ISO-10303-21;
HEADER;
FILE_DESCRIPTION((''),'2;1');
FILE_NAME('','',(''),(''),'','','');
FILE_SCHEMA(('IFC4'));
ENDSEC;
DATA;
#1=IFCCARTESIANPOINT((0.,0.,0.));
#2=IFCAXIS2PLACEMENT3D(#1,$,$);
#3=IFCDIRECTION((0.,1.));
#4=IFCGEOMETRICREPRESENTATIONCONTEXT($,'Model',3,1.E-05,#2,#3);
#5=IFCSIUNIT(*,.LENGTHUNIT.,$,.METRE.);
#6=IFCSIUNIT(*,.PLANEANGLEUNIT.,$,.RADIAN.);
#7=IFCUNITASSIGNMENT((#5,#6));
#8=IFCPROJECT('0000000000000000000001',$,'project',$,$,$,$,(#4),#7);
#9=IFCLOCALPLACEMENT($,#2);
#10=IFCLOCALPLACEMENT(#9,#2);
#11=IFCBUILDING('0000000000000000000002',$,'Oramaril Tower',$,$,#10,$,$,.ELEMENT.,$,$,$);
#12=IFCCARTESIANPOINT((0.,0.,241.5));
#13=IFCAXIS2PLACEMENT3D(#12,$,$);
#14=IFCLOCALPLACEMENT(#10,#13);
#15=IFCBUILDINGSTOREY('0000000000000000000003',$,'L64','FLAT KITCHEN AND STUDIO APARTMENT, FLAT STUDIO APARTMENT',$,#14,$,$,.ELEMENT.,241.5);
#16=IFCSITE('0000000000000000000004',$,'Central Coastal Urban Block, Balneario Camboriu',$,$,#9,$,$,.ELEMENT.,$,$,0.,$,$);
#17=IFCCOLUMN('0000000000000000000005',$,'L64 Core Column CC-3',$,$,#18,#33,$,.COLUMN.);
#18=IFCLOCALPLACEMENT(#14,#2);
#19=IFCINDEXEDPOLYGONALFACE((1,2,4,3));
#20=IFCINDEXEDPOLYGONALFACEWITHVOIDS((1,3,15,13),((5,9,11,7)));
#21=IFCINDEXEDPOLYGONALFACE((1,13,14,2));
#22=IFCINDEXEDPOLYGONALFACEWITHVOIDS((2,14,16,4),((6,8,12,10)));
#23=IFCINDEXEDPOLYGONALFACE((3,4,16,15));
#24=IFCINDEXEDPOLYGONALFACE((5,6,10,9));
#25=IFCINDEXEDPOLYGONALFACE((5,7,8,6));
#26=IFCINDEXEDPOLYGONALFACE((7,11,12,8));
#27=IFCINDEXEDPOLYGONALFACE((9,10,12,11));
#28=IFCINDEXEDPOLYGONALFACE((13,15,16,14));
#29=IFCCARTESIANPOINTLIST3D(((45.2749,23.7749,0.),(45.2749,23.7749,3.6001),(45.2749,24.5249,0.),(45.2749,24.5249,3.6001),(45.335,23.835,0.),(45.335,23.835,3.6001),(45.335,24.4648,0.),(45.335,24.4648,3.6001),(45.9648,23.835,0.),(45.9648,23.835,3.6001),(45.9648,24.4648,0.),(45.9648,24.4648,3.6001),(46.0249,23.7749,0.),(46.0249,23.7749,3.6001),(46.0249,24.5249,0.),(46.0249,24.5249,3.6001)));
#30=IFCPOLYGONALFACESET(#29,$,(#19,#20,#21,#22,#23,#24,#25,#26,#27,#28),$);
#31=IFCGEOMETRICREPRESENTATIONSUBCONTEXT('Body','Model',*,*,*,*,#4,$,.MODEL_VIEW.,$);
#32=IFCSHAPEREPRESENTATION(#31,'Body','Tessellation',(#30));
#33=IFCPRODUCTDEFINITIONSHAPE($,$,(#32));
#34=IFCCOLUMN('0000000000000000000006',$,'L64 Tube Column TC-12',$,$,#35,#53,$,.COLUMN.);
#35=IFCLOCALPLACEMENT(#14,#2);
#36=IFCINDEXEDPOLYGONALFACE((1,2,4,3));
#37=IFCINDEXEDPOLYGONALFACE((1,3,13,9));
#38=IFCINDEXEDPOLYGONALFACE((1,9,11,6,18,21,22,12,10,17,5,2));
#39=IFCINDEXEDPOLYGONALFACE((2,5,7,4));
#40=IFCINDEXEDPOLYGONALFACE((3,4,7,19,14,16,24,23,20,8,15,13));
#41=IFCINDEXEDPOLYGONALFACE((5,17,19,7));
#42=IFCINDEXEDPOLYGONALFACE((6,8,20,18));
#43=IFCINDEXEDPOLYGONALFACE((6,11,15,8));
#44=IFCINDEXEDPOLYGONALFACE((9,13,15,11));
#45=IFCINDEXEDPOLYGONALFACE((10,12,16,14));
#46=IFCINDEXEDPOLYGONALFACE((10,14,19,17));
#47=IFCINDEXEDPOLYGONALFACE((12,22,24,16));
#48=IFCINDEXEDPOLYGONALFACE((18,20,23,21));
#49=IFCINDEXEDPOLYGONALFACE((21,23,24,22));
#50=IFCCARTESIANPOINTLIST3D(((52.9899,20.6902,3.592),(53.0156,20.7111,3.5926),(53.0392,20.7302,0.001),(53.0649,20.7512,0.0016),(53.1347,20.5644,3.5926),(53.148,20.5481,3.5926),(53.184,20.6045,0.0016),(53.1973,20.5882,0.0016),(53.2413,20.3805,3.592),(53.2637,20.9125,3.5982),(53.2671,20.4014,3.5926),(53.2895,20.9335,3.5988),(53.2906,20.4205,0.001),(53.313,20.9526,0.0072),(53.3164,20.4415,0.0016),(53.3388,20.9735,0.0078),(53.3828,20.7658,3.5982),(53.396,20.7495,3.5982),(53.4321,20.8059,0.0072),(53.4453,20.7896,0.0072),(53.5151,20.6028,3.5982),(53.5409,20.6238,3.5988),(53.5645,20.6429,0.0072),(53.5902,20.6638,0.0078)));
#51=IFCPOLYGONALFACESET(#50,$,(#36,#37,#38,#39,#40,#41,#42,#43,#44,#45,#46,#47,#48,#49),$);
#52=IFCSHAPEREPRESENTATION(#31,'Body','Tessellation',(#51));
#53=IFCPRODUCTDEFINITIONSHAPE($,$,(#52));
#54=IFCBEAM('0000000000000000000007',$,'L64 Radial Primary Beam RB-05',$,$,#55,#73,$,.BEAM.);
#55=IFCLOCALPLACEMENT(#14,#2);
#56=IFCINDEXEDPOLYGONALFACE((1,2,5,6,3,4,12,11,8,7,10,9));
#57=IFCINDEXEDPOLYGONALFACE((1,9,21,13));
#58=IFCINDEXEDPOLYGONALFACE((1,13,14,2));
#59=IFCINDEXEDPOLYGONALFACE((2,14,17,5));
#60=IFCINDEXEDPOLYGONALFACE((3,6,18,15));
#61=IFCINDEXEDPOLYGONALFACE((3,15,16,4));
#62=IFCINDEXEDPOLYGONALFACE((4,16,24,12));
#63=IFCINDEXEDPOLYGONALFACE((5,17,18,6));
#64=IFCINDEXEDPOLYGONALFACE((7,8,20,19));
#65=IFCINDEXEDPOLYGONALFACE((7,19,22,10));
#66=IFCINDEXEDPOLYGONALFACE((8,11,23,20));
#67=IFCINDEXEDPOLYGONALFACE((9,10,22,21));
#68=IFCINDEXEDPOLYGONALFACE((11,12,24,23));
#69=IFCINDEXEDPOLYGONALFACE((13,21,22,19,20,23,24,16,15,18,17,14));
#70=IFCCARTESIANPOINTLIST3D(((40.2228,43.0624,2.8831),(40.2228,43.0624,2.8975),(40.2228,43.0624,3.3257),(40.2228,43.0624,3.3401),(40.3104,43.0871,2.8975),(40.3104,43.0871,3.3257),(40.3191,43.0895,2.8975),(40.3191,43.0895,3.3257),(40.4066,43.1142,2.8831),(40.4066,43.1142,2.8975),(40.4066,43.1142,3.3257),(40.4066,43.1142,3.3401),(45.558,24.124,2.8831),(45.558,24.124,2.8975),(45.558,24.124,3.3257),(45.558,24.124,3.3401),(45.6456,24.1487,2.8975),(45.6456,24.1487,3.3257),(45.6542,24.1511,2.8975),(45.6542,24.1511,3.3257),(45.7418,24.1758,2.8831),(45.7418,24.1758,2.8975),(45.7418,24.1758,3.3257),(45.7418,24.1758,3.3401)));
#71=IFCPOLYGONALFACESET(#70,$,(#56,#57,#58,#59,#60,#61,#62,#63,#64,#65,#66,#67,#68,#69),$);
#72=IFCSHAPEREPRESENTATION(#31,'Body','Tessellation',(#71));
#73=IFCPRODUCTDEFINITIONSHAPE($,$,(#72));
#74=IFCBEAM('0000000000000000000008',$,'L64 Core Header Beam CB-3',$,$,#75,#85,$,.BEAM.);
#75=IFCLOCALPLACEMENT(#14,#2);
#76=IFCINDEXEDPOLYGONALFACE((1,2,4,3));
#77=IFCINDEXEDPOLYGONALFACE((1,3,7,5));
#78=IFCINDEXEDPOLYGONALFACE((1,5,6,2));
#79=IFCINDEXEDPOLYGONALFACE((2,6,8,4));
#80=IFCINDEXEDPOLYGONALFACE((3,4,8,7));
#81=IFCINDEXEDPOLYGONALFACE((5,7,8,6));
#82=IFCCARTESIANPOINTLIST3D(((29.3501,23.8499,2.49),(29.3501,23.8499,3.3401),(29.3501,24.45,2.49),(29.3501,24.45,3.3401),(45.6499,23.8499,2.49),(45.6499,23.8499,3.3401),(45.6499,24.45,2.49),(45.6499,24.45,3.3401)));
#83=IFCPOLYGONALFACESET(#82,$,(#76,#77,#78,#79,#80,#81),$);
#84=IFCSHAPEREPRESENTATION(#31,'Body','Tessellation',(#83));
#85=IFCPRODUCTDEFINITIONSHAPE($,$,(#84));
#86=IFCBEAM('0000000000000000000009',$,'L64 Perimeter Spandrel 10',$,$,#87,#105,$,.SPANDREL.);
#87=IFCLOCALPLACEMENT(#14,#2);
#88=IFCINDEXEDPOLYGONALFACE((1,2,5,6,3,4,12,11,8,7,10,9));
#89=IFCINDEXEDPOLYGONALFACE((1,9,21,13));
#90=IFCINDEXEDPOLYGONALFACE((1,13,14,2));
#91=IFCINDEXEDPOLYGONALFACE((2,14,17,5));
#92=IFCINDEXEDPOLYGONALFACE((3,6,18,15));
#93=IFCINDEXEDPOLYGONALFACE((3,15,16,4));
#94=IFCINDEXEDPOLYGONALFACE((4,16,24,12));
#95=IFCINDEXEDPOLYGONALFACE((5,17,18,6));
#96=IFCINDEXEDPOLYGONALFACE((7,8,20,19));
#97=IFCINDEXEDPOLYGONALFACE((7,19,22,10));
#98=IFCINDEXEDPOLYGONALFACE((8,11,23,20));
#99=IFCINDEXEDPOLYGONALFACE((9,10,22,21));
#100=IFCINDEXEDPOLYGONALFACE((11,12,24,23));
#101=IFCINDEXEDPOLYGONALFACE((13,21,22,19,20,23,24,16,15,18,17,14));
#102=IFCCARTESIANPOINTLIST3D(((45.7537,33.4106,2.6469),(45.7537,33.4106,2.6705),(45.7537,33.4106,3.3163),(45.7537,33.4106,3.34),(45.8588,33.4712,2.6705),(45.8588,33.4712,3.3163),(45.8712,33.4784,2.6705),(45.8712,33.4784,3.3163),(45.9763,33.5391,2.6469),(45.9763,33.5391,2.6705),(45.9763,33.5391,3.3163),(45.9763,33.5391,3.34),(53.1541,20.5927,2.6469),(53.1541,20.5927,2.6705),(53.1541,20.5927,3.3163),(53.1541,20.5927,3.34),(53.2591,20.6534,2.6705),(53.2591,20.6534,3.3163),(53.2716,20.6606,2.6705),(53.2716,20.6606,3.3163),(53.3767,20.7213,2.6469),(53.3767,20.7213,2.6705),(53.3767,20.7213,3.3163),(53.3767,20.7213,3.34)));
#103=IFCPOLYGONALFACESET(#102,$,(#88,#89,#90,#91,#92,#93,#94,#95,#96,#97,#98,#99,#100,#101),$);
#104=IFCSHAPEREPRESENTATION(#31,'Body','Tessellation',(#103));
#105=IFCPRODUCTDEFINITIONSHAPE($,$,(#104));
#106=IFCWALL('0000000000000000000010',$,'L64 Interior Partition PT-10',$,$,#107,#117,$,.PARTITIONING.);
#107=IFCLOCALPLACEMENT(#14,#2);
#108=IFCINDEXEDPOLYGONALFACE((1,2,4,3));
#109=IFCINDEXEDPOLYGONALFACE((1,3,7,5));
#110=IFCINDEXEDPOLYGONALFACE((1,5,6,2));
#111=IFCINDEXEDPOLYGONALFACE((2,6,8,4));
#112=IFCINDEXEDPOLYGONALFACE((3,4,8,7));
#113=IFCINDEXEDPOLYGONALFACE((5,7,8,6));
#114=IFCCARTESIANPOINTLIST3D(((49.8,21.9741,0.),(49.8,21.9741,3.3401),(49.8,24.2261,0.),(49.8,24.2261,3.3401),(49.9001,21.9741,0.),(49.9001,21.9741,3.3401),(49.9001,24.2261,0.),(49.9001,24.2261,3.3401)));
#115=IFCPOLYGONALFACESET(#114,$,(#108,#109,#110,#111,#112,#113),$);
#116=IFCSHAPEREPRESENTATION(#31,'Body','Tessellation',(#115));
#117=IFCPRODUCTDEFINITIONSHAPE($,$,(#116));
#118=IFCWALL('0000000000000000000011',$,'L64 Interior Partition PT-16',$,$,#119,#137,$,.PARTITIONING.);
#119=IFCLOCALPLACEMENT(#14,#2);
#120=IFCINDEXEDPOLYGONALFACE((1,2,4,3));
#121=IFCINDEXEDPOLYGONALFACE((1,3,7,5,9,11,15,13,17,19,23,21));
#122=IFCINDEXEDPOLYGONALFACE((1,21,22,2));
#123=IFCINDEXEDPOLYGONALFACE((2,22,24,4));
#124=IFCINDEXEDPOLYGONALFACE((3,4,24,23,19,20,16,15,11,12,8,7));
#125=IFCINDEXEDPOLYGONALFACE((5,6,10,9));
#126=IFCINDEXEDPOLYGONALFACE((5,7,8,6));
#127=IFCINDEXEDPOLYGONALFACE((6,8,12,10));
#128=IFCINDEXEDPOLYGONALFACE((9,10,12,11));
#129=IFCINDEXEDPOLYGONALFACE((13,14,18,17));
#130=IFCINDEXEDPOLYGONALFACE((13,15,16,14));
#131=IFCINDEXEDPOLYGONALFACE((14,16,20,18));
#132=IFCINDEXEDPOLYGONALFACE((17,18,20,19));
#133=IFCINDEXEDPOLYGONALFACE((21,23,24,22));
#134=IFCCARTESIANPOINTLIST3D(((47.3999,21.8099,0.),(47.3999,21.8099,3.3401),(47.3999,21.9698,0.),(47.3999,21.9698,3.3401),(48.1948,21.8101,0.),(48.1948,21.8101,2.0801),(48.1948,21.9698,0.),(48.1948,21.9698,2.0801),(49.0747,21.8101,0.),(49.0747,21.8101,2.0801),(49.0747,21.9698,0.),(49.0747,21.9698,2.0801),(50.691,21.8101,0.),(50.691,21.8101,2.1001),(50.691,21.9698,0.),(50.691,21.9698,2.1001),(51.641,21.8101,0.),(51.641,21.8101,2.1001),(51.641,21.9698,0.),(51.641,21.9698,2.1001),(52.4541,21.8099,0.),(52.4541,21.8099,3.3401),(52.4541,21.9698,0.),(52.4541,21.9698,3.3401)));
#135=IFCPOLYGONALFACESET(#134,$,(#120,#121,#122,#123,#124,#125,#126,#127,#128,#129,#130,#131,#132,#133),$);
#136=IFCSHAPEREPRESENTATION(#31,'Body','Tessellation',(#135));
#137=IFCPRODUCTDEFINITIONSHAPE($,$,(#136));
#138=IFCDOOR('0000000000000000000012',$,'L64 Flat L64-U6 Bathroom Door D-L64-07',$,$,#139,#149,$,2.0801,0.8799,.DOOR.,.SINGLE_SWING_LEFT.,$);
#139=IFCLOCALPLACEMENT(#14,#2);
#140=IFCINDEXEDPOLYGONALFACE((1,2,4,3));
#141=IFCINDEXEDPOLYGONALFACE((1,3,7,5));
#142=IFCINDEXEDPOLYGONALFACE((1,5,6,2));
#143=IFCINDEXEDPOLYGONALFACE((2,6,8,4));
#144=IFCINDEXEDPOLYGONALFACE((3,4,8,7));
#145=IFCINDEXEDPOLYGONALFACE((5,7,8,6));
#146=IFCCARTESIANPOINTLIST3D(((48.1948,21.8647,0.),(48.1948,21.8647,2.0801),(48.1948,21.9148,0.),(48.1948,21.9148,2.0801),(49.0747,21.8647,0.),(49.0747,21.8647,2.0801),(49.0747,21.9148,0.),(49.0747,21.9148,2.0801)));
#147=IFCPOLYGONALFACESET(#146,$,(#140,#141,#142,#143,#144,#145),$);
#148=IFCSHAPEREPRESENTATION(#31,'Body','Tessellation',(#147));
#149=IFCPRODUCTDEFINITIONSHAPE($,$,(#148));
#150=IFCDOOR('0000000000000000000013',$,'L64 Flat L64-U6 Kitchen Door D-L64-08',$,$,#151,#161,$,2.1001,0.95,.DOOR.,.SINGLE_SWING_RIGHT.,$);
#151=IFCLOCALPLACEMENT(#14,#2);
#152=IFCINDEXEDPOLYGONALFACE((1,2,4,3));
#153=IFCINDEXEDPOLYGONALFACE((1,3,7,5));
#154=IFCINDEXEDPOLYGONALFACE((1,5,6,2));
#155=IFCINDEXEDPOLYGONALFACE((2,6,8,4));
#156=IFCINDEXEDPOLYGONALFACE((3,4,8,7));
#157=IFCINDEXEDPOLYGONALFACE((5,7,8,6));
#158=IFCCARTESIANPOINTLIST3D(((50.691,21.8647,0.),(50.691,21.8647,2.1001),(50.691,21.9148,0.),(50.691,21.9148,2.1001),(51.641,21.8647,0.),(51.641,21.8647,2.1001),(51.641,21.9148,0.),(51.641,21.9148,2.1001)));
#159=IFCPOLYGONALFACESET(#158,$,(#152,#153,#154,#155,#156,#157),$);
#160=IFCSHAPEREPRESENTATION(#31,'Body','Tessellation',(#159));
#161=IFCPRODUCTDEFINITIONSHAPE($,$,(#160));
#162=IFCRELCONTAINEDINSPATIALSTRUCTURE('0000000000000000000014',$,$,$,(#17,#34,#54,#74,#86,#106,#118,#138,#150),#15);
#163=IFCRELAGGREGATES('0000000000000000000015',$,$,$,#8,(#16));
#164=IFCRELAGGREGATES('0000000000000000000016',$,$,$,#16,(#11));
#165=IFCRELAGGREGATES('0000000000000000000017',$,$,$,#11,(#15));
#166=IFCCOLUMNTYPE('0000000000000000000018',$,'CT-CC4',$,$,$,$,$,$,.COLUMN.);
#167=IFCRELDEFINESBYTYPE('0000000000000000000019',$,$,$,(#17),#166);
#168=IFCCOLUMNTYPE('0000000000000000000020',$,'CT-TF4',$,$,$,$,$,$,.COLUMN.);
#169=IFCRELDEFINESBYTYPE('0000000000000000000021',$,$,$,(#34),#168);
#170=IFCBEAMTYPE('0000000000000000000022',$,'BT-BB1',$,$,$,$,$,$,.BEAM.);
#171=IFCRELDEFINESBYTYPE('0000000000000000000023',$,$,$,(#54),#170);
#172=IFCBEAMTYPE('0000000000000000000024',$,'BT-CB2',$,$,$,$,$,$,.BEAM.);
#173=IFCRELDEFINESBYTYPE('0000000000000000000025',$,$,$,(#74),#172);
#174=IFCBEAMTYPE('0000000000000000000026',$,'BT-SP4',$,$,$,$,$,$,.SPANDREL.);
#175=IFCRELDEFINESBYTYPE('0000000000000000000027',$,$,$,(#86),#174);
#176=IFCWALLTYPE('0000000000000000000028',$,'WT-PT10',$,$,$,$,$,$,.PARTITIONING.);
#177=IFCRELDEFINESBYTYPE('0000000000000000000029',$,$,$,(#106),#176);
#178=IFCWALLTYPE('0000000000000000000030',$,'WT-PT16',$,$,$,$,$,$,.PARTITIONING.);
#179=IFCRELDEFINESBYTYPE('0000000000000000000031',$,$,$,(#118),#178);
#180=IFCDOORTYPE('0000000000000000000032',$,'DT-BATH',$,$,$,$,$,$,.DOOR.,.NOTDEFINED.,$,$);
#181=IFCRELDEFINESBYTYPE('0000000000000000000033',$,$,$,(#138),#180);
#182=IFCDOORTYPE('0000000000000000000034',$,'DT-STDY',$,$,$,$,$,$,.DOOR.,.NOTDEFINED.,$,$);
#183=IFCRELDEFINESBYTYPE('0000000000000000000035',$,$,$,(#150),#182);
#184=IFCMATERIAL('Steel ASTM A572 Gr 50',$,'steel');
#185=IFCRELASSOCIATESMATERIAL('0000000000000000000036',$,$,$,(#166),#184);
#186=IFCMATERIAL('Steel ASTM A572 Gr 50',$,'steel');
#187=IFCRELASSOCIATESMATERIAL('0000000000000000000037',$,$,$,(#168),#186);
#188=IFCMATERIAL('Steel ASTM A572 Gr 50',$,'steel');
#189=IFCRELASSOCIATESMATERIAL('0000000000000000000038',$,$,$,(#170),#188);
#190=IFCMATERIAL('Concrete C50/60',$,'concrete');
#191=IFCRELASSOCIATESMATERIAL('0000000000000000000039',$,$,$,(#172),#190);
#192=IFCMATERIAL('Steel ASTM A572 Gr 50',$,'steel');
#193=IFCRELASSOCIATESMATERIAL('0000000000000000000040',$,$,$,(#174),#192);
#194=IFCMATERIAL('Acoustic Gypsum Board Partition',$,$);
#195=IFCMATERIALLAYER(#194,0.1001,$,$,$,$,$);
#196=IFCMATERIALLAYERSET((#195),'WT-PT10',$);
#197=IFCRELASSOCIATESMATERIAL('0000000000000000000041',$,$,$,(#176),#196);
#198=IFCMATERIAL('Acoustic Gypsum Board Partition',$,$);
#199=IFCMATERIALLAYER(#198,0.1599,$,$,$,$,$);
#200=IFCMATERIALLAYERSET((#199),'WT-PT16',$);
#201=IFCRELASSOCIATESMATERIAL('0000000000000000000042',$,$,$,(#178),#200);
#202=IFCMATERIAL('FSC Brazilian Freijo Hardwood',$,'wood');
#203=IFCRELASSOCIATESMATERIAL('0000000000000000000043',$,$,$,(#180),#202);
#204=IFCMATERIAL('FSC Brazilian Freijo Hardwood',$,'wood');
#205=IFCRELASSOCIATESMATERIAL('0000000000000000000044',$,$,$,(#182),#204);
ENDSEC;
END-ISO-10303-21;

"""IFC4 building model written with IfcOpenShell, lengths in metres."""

from ifc_helpers import new_model, si_unit, direction, frame, frame_2d, origin, origin_2d, place, context, subcontext, project, spatial, rectangle, hollow_rectangle, i_section, extrude, material, layer, layer_set, material_profile, profile_set, type_object, element, fill, save


model = new_model("IFC4")

# Units and contexts
model_context = context("Model", 3, precision=1e-05, world=origin(), true_north=direction((0.0, 1.0)))
body_context = subcontext(model_context, "Body", "Model", "MODEL_VIEW")
ifc_project = project(units=[si_unit("LENGTHUNIT", "METRE"), si_unit("PLANEANGLEUNIT", "RADIAN")], contexts=[model_context])

# Site, building, storey
site_placement = place(None, origin())
site = spatial("IfcSite", under=ifc_project, at=site_placement, Name="Central Coastal Urban Block, Balneario Camboriu", CompositionType="ELEMENT", RefElevation=0.0)
building_placement = place(site_placement, origin())
building = spatial("IfcBuilding", under=site, at=building_placement, Name="Oramaril Tower", CompositionType="ELEMENT")
storey_placement = place(building_placement, frame((0.0, 0.0, 241.5)))
storey = spatial("IfcBuildingStorey", under=building, at=storey_placement, Name="L64", Description="FLAT KITCHEN AND STUDIO APARTMENT, FLAT STUDIO APARTMENT", CompositionType="ELEMENT", Elevation=241.5)

# Columns
ifc_material_1 = material(Name="Steel ASTM A572 Gr 50", Category="steel")
ifc_material_profile_1 = material_profile(ifc_material_1, hollow_rectangle(XDim=0.75, YDim=0.75, WallThickness=0.0601, at=origin_2d()), Name="BOX750X750X60")
ifc_profile_set_1 = profile_set([ifc_material_profile_1], Name="Steel ASTM A572 Gr 50")
column_type_1 = type_object("IfcColumnType", Name="CT-CC4", PredefinedType="COLUMN", material=ifc_profile_set_1)
column_1_placement = place(storey_placement, frame((45.6499, 24.1499, 0.0), z_axis=(0.0, 0.0, 1.0), x_axis=(1.0, 0.0, 0.0)))
element("IfcColumn", 1, at=column_1_placement, inside=storey, type_object=column_type_1, Name="L64 Core Column CC-3", PredefinedType="COLUMN", context=body_context, shape_type="SweptSolid", body=[
    extrude(hollow_rectangle(XDim=0.75, YDim=0.75, WallThickness=0.0601, at=origin_2d()), origin(), (0.0, 0.0, 1.0), 3.6001),
])
ifc_material_2 = material(Name="Steel ASTM A572 Gr 50", Category="steel")
ifc_material_profile_2 = material_profile(ifc_material_2, i_section(OverallWidth=0.3989, OverallDepth=0.386, WebThickness=0.021, FlangeThickness=0.0332, at=origin_2d()), Name="W14X176")
ifc_profile_set_2 = profile_set([ifc_material_profile_2], Name="Steel ASTM A572 Gr 50")
column_type_2 = type_object("IfcColumnType", Name="CT-TF4", PredefinedType="COLUMN", material=ifc_profile_set_2)
column_2_placement = place(storey_placement, frame((53.3147, 20.697, 0.0044), z_axis=(-0.013731, -0.011148, 0.999844), x_axis=(0.630303, -0.776349, 0.0)))
element("IfcColumn", 2, at=column_2_placement, inside=storey, type_object=column_type_2, Name="L64 Tube Column TC-12", PredefinedType="COLUMN", context=body_context, shape_type="SweptSolid", body=[
    extrude(i_section(OverallWidth=0.3989, OverallDepth=0.386, WebThickness=0.021, FlangeThickness=0.0332, at=origin_2d()), origin(), (0.0, 0.0, 1.0), 3.5916),
])

# Beams
ifc_material_3 = material(Name="Steel ASTM A572 Gr 50", Category="steel")
ifc_material_profile_3 = material_profile(ifc_material_3, i_section(OverallWidth=0.1909, OverallDepth=0.457, WebThickness=0.009, FlangeThickness=0.0144, at=origin_2d()), Name="W18X50")
ifc_profile_set_3 = profile_set([ifc_material_profile_3], Name="Steel ASTM A572 Gr 50")
beam_type_1 = type_object("IfcBeamType", Name="BT-BB1", PredefinedType="BEAM", material=ifc_profile_set_3)
beam_1_placement = place(storey_placement, frame((45.6499, 24.1499, 3.1116), z_axis=(-0.271158, 0.962535, 0.0), x_axis=(-0.962535, -0.271158, 0.0)))
element("IfcBeam", 3, at=beam_1_placement, inside=storey, type_object=beam_type_1, Name="L64 Radial Primary Beam RB-05", PredefinedType="BEAM", context=body_context, shape_type="SweptSolid", body=[
    extrude(i_section(OverallWidth=0.1909, OverallDepth=0.457, WebThickness=0.009, FlangeThickness=0.0144, at=origin_2d()), origin(), (0.0, 0.0, 1.0), 19.6755),
])
ifc_material_4 = material(Name="Concrete C50/60", Category="concrete")
ifc_material_profile_4 = material_profile(ifc_material_4, rectangle(XDim=0.6001, YDim=0.8501, at=origin_2d()), Name="CB600X850")
ifc_profile_set_4 = profile_set([ifc_material_profile_4], Name="Concrete C50/60")
beam_type_2 = type_object("IfcBeamType", Name="BT-CB2", PredefinedType="BEAM", material=ifc_profile_set_4)
beam_2_placement = place(storey_placement, frame((45.6499, 24.1499, 2.915), z_axis=(-1.0, 0.0, 0.0), x_axis=(0.0, -1.0, 0.0)))
element("IfcBeam", 4, at=beam_2_placement, inside=storey, type_object=beam_type_2, Name="L64 Core Header Beam CB-3", PredefinedType="BEAM", context=body_context, shape_type="SweptSolid", body=[
    extrude(rectangle(XDim=0.6001, YDim=0.8501, at=origin_2d()), origin(), (0.0, 0.0, 1.0), 16.2998),
])
ifc_material_5 = material(Name="Steel ASTM A572 Gr 50", Category="steel")
ifc_material_profile_5 = material_profile(ifc_material_5, i_section(OverallWidth=0.2571, OverallDepth=0.6931, WebThickness=0.0144, FlangeThickness=0.0237, at=origin_2d()), Name="W27X114")
ifc_profile_set_5 = profile_set([ifc_material_profile_5], Name="Steel ASTM A572 Gr 50")
beam_type_3 = type_object("IfcBeamType", Name="BT-SP4", PredefinedType="SPANDREL", material=ifc_profile_set_5)
beam_3_placement = place(storey_placement, frame((53.2654, 20.657, 2.9934), z_axis=(-0.499999, 0.866026, 0.0), x_axis=(-0.866026, -0.499999, 0.0)))
element("IfcBeam", 5, at=beam_3_placement, inside=storey, type_object=beam_type_3, Name="L64 Perimeter Spandrel 10", PredefinedType="SPANDREL", context=body_context, shape_type="SweptSolid", body=[
    extrude(i_section(OverallWidth=0.2571, OverallDepth=0.6931, WebThickness=0.0144, FlangeThickness=0.0237, at=origin_2d()), origin(), (0.0, 0.0, 1.0), 14.8008),
])

# Wall
ifc_material_6 = material(Name="Acoustic Gypsum Board Partition")
ifc_layer_1 = layer(ifc_material_6, 0.1001)
ifc_layer_set_1 = layer_set([ifc_layer_1], Name="WT-PT10")
wall_type_1 = type_object("IfcWallType", Name="WT-PT10", PredefinedType="PARTITIONING", material=ifc_layer_set_1)
wall_1_placement = place(storey_placement, frame((49.8501, 21.9741, 0.0), z_axis=(0.0, 0.0, 1.0), x_axis=(0.0, 1.0, 0.0)))
element("IfcWall", 6, at=wall_1_placement, inside=storey, type_object=wall_type_1, Name="L64 Interior Partition PT-10", PredefinedType="PARTITIONING", context=body_context, shape_type="SweptSolid", body=[
    extrude(rectangle(XDim=2.252, YDim=0.1001, at=frame_2d((1.126, 0.0))), origin(), (0.0, 0.0, 1.0), 3.3401),
])

# Wall, openings, doors
ifc_material_7 = material(Name="Acoustic Gypsum Board Partition")
ifc_layer_2 = layer(ifc_material_7, 0.1599)
ifc_layer_set_2 = layer_set([ifc_layer_2], Name="WT-PT16")
wall_type_2 = type_object("IfcWallType", Name="WT-PT16", PredefinedType="PARTITIONING", material=ifc_layer_set_2)
wall_2_placement = place(storey_placement, frame((47.3999, 21.8899, 0.0), z_axis=(0.0, 0.0, 1.0), x_axis=(1.0, 0.0, 0.0)))
wall_2 = element("IfcWall", 7, at=wall_2_placement, inside=storey, type_object=wall_type_2, Name="L64 Interior Partition PT-16", PredefinedType="PARTITIONING", context=body_context, shape_type="SweptSolid", body=[
    extrude(rectangle(XDim=5.0542, YDim=0.1599, at=frame_2d((2.5271, 0.0))), origin(), (0.0, 0.0, 1.0), 3.3401),
])
opening_1_placement = place(wall_2_placement, frame((0.7949, 0.0, 0.0)))
opening_1 = element("IfcOpeningElement", 8, at=opening_1_placement, cuts=wall_2, PredefinedType="OPENING", context=body_context, shape_type="SweptSolid", body=[
    extrude(rectangle(XDim=0.8799, YDim=2.0801, at=frame_2d((0.4399, 1.04))), frame((0.0, 0.0801, 0.0), z_axis=(0.0, -1.0, 0.0), x_axis=(1.0, 0.0, 0.0)), (0.0, 0.0, 1.0), 0.1599),
])
opening_2_placement = place(wall_2_placement, frame((3.291, 0.0, 0.0)))
opening_2 = element("IfcOpeningElement", 9, at=opening_2_placement, cuts=wall_2, PredefinedType="OPENING", context=body_context, shape_type="SweptSolid", body=[
    extrude(rectangle(XDim=0.95, YDim=2.1001, at=frame_2d((0.4751, 1.05))), frame((0.0, 0.0801, 0.0), z_axis=(0.0, -1.0, 0.0), x_axis=(1.0, 0.0, 0.0)), (0.0, 0.0, 1.0), 0.1599),
])
ifc_material_8 = material(Name="FSC Brazilian Freijo Hardwood", Category="wood")
door_type_1 = type_object("IfcDoorType", Name="DT-BATH", OperationType="NOTDEFINED", PredefinedType="DOOR", material=ifc_material_8)
door_1_placement = place(opening_1_placement, origin())
door_1 = element("IfcDoor", 10, at=door_1_placement, inside=storey, type_object=door_type_1, Name="L64 Flat L64-U6 Bathroom Door D-L64-07", OperationType="SINGLE_SWING_LEFT", OverallHeight=2.0801, OverallWidth=0.8799, PredefinedType="DOOR", context=body_context, shape_type="SweptSolid", body=[
    extrude(rectangle(XDim=0.8799, YDim=2.0801, at=frame_2d((0.4399, 1.04))), frame((0.0, 0.0249, 0.0), z_axis=(0.0, -1.0, 0.0), x_axis=(1.0, 0.0, 0.0)), (0.0, 0.0, 1.0), 0.05),
])
fill(opening_1, door_1)
ifc_material_9 = material(Name="FSC Brazilian Freijo Hardwood", Category="wood")
door_type_2 = type_object("IfcDoorType", Name="DT-STDY", OperationType="NOTDEFINED", PredefinedType="DOOR", material=ifc_material_9)
door_2_placement = place(opening_2_placement, origin())
door_2 = element("IfcDoor", 11, at=door_2_placement, inside=storey, type_object=door_type_2, Name="L64 Flat L64-U6 Kitchen Door D-L64-08", OperationType="SINGLE_SWING_RIGHT", OverallHeight=2.1001, OverallWidth=0.95, PredefinedType="DOOR", context=body_context, shape_type="SweptSolid", body=[
    extrude(rectangle(XDim=0.95, YDim=2.1001, at=frame_2d((0.4751, 1.05))), frame((0.0, 0.0249, 0.0), z_axis=(0.0, -1.0, 0.0), x_axis=(1.0, 0.0, 0.0)), (0.0, 0.0, 1.0), 0.05),
])
fill(opening_2, door_2)

save(model, "model.ifc")
